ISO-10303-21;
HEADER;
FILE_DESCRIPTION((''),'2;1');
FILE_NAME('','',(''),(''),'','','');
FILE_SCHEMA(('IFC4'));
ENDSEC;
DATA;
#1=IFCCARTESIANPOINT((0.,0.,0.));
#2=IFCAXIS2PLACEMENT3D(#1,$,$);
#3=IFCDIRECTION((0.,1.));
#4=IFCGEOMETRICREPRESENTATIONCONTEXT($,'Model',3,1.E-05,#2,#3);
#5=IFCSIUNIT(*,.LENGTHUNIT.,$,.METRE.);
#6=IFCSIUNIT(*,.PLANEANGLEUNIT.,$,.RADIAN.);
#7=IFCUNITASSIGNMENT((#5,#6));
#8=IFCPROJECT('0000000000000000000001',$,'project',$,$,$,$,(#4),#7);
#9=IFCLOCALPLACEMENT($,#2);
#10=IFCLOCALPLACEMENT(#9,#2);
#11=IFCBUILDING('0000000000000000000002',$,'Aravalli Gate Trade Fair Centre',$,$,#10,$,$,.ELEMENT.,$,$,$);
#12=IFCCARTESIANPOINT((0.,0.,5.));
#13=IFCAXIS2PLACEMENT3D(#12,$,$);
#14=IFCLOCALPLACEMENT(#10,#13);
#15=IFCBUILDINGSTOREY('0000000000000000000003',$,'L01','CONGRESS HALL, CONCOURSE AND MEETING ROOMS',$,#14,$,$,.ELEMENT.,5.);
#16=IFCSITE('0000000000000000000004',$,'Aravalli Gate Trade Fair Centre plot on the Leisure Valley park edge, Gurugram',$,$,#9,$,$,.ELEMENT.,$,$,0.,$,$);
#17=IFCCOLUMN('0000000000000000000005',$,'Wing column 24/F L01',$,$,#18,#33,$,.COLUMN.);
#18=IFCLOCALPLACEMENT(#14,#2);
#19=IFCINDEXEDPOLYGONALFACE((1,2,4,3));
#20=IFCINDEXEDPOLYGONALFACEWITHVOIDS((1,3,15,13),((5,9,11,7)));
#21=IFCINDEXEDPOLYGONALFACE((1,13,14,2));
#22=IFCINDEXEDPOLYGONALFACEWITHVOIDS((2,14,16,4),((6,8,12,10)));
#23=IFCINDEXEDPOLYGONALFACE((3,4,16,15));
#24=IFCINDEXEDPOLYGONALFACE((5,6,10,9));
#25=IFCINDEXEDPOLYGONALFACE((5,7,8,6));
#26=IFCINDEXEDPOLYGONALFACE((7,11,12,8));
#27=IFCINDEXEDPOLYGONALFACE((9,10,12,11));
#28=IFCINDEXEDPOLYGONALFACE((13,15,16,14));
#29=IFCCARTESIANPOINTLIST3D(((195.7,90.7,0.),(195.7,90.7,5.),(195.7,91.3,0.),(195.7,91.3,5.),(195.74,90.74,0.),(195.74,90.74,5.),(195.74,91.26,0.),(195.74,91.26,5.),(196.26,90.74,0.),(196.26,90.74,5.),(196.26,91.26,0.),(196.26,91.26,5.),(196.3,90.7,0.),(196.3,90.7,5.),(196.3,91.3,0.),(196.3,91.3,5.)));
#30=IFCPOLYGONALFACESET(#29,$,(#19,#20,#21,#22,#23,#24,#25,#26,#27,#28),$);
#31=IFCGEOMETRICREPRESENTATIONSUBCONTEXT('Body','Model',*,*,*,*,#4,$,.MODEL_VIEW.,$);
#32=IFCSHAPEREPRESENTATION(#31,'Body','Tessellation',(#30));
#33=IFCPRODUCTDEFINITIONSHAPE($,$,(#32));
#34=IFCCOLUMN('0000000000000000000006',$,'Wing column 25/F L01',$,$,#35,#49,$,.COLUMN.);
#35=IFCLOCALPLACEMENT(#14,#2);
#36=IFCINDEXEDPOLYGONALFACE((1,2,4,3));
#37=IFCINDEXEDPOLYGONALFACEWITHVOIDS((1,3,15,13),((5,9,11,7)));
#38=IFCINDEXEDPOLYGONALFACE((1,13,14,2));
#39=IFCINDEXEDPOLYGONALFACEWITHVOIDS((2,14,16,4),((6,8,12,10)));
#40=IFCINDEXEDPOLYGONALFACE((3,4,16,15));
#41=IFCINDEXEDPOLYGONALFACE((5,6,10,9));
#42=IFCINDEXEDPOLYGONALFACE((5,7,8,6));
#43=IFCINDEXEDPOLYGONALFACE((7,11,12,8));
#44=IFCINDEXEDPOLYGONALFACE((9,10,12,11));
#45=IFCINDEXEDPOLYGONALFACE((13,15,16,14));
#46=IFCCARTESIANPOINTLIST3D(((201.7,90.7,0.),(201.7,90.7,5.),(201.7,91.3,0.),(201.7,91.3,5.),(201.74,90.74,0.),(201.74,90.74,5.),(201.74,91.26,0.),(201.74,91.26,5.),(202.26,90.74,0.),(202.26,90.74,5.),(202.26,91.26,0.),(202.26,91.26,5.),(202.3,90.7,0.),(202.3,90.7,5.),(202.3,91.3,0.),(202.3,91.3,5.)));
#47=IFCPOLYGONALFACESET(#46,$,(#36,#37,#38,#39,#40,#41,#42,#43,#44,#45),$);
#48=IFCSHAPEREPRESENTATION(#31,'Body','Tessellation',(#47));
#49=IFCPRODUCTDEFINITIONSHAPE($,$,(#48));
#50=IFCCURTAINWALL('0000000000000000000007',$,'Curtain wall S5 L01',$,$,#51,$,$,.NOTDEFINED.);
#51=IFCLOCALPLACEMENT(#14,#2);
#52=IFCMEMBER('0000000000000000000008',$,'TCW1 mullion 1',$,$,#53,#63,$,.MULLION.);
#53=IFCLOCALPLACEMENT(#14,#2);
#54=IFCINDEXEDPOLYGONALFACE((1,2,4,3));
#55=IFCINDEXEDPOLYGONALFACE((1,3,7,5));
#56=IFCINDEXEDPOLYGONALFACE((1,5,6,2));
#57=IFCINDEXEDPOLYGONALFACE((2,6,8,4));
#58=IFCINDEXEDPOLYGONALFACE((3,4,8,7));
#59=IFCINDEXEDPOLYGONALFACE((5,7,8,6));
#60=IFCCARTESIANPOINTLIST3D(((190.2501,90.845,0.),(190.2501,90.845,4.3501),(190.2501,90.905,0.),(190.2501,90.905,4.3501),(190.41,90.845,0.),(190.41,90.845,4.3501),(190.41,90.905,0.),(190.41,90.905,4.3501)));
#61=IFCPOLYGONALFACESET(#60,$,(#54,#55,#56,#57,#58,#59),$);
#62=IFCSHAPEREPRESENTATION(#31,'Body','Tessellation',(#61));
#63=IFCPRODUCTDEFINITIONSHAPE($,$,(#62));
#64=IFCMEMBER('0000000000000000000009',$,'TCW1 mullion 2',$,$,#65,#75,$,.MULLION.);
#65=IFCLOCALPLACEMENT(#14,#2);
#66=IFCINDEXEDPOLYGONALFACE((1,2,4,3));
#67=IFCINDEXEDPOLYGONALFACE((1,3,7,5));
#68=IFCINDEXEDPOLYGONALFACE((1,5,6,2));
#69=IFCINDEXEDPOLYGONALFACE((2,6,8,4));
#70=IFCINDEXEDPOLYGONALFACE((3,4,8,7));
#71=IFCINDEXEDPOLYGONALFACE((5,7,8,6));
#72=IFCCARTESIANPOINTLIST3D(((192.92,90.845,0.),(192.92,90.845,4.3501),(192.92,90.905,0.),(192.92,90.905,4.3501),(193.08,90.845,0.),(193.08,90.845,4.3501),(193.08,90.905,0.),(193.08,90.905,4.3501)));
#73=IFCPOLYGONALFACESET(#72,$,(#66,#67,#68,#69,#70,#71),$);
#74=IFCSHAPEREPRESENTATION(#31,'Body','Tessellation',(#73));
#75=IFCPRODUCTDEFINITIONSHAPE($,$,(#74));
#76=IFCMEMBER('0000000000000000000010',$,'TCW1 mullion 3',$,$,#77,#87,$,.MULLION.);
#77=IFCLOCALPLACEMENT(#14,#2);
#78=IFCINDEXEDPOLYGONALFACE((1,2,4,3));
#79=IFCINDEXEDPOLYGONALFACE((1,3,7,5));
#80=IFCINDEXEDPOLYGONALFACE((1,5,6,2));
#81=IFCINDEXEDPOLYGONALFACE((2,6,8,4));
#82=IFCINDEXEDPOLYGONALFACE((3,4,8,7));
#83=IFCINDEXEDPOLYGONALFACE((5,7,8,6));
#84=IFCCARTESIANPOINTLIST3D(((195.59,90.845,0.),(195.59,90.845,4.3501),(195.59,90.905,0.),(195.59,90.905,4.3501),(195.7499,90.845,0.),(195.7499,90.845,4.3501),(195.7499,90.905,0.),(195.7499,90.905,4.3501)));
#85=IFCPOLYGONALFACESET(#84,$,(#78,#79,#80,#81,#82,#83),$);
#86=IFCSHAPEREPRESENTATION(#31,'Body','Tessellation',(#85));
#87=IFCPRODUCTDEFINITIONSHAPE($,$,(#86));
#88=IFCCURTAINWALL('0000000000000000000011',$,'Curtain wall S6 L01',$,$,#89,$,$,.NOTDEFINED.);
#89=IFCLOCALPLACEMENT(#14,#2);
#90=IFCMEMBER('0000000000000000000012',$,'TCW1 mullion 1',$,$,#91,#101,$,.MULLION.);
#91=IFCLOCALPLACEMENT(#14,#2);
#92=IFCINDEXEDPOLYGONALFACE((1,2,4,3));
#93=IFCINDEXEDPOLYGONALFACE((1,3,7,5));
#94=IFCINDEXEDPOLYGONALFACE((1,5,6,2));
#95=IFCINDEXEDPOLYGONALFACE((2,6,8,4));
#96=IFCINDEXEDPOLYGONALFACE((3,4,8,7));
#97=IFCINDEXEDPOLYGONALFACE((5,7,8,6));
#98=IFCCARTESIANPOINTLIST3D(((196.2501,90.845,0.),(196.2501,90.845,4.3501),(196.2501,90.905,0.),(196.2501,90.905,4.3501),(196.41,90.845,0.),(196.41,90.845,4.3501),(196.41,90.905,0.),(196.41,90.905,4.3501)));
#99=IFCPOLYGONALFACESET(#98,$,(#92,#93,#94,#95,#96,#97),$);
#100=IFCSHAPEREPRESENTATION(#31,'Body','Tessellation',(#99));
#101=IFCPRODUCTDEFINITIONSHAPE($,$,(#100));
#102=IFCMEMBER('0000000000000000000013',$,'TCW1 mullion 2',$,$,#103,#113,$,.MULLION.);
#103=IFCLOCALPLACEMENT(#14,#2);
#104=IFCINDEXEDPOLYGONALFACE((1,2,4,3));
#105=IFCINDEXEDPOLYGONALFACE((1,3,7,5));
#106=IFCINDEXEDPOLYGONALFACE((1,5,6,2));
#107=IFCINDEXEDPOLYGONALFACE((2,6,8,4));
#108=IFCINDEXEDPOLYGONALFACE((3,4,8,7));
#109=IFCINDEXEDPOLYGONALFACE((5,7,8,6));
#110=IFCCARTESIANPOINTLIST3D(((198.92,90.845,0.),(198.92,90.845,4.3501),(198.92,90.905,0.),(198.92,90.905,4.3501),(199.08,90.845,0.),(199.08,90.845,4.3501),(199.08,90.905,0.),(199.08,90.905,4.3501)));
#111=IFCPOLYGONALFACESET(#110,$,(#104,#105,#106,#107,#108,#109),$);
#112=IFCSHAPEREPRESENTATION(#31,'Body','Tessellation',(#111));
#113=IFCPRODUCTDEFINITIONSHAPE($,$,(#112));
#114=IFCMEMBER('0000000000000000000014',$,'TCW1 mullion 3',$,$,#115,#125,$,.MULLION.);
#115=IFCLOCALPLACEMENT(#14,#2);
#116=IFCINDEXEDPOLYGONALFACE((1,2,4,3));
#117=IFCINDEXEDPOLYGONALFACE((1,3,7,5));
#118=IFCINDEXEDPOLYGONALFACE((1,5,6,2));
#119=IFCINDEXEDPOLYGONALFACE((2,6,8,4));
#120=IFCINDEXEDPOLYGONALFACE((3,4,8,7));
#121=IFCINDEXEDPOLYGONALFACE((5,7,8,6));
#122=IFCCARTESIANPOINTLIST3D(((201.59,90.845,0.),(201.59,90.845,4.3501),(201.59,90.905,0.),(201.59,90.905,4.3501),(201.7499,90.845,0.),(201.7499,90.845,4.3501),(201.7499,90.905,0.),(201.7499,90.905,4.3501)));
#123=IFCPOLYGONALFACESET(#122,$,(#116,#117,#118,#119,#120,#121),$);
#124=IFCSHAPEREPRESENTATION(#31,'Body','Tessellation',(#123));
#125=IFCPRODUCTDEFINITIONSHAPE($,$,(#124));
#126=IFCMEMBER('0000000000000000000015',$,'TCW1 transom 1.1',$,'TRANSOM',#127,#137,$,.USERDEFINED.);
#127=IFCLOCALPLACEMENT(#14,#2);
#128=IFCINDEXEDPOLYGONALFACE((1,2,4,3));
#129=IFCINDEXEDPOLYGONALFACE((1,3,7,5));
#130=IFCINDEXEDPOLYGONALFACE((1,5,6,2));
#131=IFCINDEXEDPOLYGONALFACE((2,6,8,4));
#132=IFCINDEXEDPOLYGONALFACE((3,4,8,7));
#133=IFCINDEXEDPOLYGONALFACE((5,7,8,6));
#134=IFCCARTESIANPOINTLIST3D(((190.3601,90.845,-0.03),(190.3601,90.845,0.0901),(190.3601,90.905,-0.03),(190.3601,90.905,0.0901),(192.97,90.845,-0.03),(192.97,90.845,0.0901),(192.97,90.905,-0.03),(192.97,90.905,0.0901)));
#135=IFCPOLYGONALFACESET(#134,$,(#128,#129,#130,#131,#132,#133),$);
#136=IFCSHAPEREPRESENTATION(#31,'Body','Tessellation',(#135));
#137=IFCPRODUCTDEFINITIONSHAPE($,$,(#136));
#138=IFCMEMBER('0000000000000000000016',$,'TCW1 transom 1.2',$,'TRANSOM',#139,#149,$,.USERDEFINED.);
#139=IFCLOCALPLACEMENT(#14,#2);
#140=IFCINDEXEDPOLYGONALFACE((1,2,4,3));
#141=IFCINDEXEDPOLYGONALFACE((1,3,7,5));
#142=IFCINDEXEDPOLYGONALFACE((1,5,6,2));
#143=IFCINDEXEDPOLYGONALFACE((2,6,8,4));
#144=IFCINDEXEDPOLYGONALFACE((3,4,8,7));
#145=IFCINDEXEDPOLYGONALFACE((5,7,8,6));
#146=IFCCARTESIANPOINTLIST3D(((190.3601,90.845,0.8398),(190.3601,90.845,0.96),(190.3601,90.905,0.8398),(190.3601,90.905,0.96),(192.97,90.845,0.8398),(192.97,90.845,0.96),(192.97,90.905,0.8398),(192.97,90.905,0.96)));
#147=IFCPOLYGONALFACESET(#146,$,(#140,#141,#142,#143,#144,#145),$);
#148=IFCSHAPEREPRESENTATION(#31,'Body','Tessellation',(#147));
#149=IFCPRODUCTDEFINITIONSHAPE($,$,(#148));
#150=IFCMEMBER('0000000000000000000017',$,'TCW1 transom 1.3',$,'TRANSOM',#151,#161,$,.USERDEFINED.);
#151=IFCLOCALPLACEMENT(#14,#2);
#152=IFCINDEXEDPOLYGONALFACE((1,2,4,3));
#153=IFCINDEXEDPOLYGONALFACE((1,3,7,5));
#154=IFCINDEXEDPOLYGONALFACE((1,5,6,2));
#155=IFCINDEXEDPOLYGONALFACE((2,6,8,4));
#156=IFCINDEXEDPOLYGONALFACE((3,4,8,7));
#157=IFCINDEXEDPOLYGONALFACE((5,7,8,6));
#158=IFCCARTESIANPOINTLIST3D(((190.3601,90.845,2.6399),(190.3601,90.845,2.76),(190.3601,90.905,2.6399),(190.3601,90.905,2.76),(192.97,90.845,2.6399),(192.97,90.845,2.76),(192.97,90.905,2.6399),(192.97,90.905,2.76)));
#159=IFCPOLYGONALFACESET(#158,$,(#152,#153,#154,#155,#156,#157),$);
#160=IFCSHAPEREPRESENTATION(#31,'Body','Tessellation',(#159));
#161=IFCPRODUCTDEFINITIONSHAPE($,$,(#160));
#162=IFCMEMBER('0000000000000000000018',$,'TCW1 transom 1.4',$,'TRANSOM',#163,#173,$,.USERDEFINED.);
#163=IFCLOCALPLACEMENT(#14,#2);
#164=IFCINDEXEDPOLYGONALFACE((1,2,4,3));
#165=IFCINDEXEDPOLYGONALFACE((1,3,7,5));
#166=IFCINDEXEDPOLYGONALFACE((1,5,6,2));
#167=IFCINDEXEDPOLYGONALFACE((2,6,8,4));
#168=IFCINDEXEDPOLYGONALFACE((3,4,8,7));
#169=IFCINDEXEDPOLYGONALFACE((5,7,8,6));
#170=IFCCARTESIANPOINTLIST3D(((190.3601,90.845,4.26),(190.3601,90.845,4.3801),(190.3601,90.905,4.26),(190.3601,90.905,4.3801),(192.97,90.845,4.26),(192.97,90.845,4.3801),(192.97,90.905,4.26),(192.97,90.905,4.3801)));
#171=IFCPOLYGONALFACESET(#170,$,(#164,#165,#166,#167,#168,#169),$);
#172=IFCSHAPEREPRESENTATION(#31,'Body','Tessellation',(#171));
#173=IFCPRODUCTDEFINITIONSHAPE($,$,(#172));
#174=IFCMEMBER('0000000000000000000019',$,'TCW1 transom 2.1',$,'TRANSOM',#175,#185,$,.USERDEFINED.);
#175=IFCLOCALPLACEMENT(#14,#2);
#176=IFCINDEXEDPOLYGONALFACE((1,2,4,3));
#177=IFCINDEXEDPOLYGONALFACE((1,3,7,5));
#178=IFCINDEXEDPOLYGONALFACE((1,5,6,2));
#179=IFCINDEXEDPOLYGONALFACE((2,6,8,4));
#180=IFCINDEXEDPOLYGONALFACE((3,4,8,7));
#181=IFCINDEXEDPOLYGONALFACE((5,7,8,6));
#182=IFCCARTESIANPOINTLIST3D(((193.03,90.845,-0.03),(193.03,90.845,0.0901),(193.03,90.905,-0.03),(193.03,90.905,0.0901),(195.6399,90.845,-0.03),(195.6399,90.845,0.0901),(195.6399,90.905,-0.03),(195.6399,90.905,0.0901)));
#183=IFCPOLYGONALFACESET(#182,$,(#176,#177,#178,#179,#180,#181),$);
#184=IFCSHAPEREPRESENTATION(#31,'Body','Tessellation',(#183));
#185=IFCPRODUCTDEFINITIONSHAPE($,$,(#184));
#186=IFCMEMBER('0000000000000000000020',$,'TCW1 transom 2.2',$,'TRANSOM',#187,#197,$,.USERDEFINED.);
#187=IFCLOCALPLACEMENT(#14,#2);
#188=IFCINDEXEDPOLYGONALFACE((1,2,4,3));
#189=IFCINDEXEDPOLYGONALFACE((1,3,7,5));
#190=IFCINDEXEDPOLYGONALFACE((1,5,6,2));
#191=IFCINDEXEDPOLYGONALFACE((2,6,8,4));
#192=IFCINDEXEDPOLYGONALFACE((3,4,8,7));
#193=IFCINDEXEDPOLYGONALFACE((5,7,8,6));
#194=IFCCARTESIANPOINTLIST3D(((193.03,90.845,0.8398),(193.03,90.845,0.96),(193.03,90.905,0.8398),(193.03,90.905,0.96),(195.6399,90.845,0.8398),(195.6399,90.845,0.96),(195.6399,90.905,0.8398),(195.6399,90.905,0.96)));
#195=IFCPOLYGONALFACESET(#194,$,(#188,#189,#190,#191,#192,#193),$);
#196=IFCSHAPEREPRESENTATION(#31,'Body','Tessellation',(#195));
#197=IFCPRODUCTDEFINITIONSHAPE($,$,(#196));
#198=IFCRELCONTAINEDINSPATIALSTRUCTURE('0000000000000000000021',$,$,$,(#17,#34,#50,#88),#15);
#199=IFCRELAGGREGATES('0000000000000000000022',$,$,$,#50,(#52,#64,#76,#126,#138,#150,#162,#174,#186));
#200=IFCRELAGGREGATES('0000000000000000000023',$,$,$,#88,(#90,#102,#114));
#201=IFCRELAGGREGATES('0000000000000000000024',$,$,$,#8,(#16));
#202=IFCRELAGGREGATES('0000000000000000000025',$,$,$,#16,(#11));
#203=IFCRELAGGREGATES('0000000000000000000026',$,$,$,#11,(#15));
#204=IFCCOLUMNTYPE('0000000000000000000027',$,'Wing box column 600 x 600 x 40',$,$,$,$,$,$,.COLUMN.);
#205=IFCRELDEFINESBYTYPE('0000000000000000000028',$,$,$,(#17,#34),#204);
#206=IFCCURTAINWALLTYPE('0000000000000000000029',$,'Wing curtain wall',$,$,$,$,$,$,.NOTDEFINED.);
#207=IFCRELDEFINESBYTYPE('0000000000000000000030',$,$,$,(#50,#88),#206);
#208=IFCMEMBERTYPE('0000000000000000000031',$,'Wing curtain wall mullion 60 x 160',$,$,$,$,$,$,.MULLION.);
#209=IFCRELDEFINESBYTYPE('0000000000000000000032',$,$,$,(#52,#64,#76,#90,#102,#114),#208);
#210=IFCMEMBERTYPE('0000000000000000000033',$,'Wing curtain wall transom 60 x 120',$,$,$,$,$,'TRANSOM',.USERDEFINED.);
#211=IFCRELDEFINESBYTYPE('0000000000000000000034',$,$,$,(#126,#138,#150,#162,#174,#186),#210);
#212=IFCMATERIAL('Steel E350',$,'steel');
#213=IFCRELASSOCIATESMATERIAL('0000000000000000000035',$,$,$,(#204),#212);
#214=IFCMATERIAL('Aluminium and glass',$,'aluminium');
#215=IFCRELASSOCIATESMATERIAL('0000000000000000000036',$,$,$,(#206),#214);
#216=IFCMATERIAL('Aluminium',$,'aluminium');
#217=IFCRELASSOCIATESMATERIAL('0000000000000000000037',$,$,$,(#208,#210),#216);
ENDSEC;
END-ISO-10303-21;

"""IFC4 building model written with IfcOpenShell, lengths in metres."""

from ifc_helpers import new_model, si_unit, direction, frame, origin, origin_2d, place, context, subcontext, project, spatial, rectangle, hollow_rectangle, extrude, material, material_profile, profile_set, type_object, element, aggregate, save


model = new_model("IFC4")

# Units and contexts
model_context = context("Model", 3, precision=1e-05, world=origin(), true_north=direction((0.0, 1.0)))
body_context = subcontext(model_context, "Body", "Model", "MODEL_VIEW")
ifc_project = project(units=[si_unit("LENGTHUNIT", "METRE"), si_unit("PLANEANGLEUNIT", "RADIAN")], contexts=[model_context])

# Site, building, storey
site_placement = place(None, origin())
site = spatial("IfcSite", under=ifc_project, at=site_placement, Name="Aravalli Gate Trade Fair Centre plot on the Leisure Valley park edge, Gurugram", CompositionType="ELEMENT", RefElevation=0.0)
building_placement = place(site_placement, origin())
building = spatial("IfcBuilding", under=site, at=building_placement, Name="Aravalli Gate Trade Fair Centre", CompositionType="ELEMENT")
storey_placement = place(building_placement, frame((0.0, 0.0, 5.0)))
storey = spatial("IfcBuildingStorey", under=building, at=storey_placement, Name="L01", Description="CONGRESS HALL, CONCOURSE AND MEETING ROOMS", CompositionType="ELEMENT", Elevation=5.0)

# Columns
ifc_material_1 = material(Name="Steel E350", Category="steel")
ifc_material_profile_1 = material_profile(ifc_material_1, hollow_rectangle(XDim=0.6001, YDim=0.6001, WallThickness=0.04, at=origin_2d()), Name="BOX 600x600x40")
ifc_profile_set_1 = profile_set([ifc_material_profile_1], Name="Steel E350")
column_type = type_object("IfcColumnType", Name="Wing box column 600 x 600 x 40", PredefinedType="COLUMN", material=ifc_profile_set_1)
for number, where, z_axis, x_axis, name in (
    (1, (196.0, 91.0, 0.0), (0.0, 0.0, 1.0), (1.0, 0.0, 0.0), "Wing column 24/F L01"),
    (2, (202.0, 91.0, 0.0), (0.0, 0.0, 1.0), (1.0, 0.0, 0.0), "Wing column 25/F L01"),
):
    element("IfcColumn", number, at=place(storey_placement, frame(where, z_axis=z_axis, x_axis=x_axis)), inside=storey, type_object=column_type, Name=name, PredefinedType="COLUMN", context=body_context, shape_type="SweptSolid", body=[
        extrude(hollow_rectangle(XDim=0.6001, YDim=0.6001, WallThickness=0.04, at=origin_2d()), origin(), (0.0, 0.0, 1.0), 5.0),
    ])

# Curtain walls, members
ifc_material_2 = material(Name="Aluminium and glass", Category="aluminium")
curtain_wall_type = type_object("IfcCurtainWallType", Name="Wing curtain wall", PredefinedType="NOTDEFINED", material=ifc_material_2)
curtain_wall_1_placement = place(storey_placement, origin())
curtain_wall_1 = element("IfcCurtainWall", 3, at=curtain_wall_1_placement, inside=storey, type_object=curtain_wall_type, Name="Curtain wall S5 L01", PredefinedType="NOTDEFINED")
ifc_material_3 = material(Name="Aluminium", Category="aluminium")
ifc_material_profile_2 = material_profile(ifc_material_3, rectangle(XDim=0.0601, YDim=0.1599, at=origin_2d()), Name="Wing curtain wall mullion 60 x 160")
ifc_profile_set_2 = profile_set([ifc_material_profile_2], Name="Aluminium")
member_type_1 = type_object("IfcMemberType", Name="Wing curtain wall mullion 60 x 160", PredefinedType="MULLION", material=ifc_profile_set_2)
member_1_placement = place(storey_placement, frame((190.3301, 90.875, 0.0), z_axis=(0.0, 0.0, 1.0), x_axis=(0.0, 1.0, 0.0)))
member_1 = element("IfcMember", 4, at=member_1_placement, type_object=member_type_1, Name="TCW1 mullion 1", PredefinedType="MULLION", context=body_context, shape_type="SweptSolid", body=[
    extrude(rectangle(XDim=0.0601, YDim=0.1599, at=origin_2d()), origin(), (0.0, 0.0, 1.0), 4.3501),
])
member_2_placement = place(storey_placement, frame((193.0, 90.875, 0.0), z_axis=(0.0, 0.0, 1.0), x_axis=(0.0, 1.0, 0.0)))
member_2 = element("IfcMember", 5, at=member_2_placement, type_object=member_type_1, Name="TCW1 mullion 2", PredefinedType="MULLION", context=body_context, shape_type="SweptSolid", body=[
    extrude(rectangle(XDim=0.0601, YDim=0.1599, at=origin_2d()), origin(), (0.0, 0.0, 1.0), 4.3501),
])
member_3_placement = place(storey_placement, frame((195.6699, 90.875, 0.0), z_axis=(0.0, 0.0, 1.0), x_axis=(0.0, 1.0, 0.0)))
member_3 = element("IfcMember", 6, at=member_3_placement, type_object=member_type_1, Name="TCW1 mullion 3", PredefinedType="MULLION", context=body_context, shape_type="SweptSolid", body=[
    extrude(rectangle(XDim=0.0601, YDim=0.1599, at=origin_2d()), origin(), (0.0, 0.0, 1.0), 4.3501),
])
curtain_wall_2_placement = place(storey_placement, origin())
curtain_wall_2 = element("IfcCurtainWall", 7, at=curtain_wall_2_placement, inside=storey, type_object=curtain_wall_type, Name="Curtain wall S6 L01", PredefinedType="NOTDEFINED")
member_4_placement = place(storey_placement, frame((196.3301, 90.875, 0.0), z_axis=(0.0, 0.0, 1.0), x_axis=(0.0, 1.0, 0.0)))
member_4 = element("IfcMember", 8, at=member_4_placement, type_object=member_type_1, Name="TCW1 mullion 1", PredefinedType="MULLION", context=body_context, shape_type="SweptSolid", body=[
    extrude(rectangle(XDim=0.0601, YDim=0.1599, at=origin_2d()), origin(), (0.0, 0.0, 1.0), 4.3501),
])
member_5_placement = place(storey_placement, frame((199.0, 90.875, 0.0), z_axis=(0.0, 0.0, 1.0), x_axis=(0.0, 1.0, 0.0)))
member_5 = element("IfcMember", 9, at=member_5_placement, type_object=member_type_1, Name="TCW1 mullion 2", PredefinedType="MULLION", context=body_context, shape_type="SweptSolid", body=[
    extrude(rectangle(XDim=0.0601, YDim=0.1599, at=origin_2d()), origin(), (0.0, 0.0, 1.0), 4.3501),
])
member_6_placement = place(storey_placement, frame((201.6699, 90.875, 0.0), z_axis=(0.0, 0.0, 1.0), x_axis=(0.0, 1.0, 0.0)))
member_6 = element("IfcMember", 10, at=member_6_placement, type_object=member_type_1, Name="TCW1 mullion 3", PredefinedType="MULLION", context=body_context, shape_type="SweptSolid", body=[
    extrude(rectangle(XDim=0.0601, YDim=0.1599, at=origin_2d()), origin(), (0.0, 0.0, 1.0), 4.3501),
])

# Members
ifc_material_profile_3 = material_profile(ifc_material_3, rectangle(XDim=0.0601, YDim=0.1201, at=origin_2d()), Name="Wing curtain wall transom 60 x 120")
ifc_profile_set_3 = profile_set([ifc_material_profile_3], Name="Aluminium")
member_type_2 = type_object("IfcMemberType", Name="Wing curtain wall transom 60 x 120", ElementType="TRANSOM", PredefinedType="USERDEFINED", material=ifc_profile_set_3)
member_7_placement = place(storey_placement, frame((190.3601, 90.875, 0.03), z_axis=(1.0, 0.0, 0.0), x_axis=(0.0, 1.0, 0.0)))
member_7 = element("IfcMember", 11, at=member_7_placement, type_object=member_type_2, Name="TCW1 transom 1.1", ObjectType="TRANSOM", PredefinedType="USERDEFINED", context=body_context, shape_type="SweptSolid", body=[
    extrude(rectangle(XDim=0.0601, YDim=0.1201, at=origin_2d()), origin(), (0.0, 0.0, 1.0), 2.6099),
])
member_8_placement = place(storey_placement, frame((190.3601, 90.875, 0.8999), z_axis=(1.0, 0.0, 0.0), x_axis=(0.0, 1.0, 0.0)))
member_8 = element("IfcMember", 12, at=member_8_placement, type_object=member_type_2, Name="TCW1 transom 1.2", ObjectType="TRANSOM", PredefinedType="USERDEFINED", context=body_context, shape_type="SweptSolid", body=[
    extrude(rectangle(XDim=0.0601, YDim=0.1201, at=origin_2d()), origin(), (0.0, 0.0, 1.0), 2.6099),
])
member_9_placement = place(storey_placement, frame((190.3601, 90.875, 2.7), z_axis=(1.0, 0.0, 0.0), x_axis=(0.0, 1.0, 0.0)))
member_9 = element("IfcMember", 13, at=member_9_placement, type_object=member_type_2, Name="TCW1 transom 1.3", ObjectType="TRANSOM", PredefinedType="USERDEFINED", context=body_context, shape_type="SweptSolid", body=[
    extrude(rectangle(XDim=0.0601, YDim=0.1201, at=origin_2d()), origin(), (0.0, 0.0, 1.0), 2.6099),
])
member_10_placement = place(storey_placement, frame((190.3601, 90.875, 4.3201), z_axis=(1.0, 0.0, 0.0), x_axis=(0.0, 1.0, 0.0)))
member_10 = element("IfcMember", 14, at=member_10_placement, type_object=member_type_2, Name="TCW1 transom 1.4", ObjectType="TRANSOM", PredefinedType="USERDEFINED", context=body_context, shape_type="SweptSolid", body=[
    extrude(rectangle(XDim=0.0601, YDim=0.1201, at=origin_2d()), origin(), (0.0, 0.0, 1.0), 2.6099),
])
member_11_placement = place(storey_placement, frame((193.03, 90.875, 0.03), z_axis=(1.0, 0.0, 0.0), x_axis=(0.0, 1.0, 0.0)))
member_11 = element("IfcMember", 15, at=member_11_placement, type_object=member_type_2, Name="TCW1 transom 2.1", ObjectType="TRANSOM", PredefinedType="USERDEFINED", context=body_context, shape_type="SweptSolid", body=[
    extrude(rectangle(XDim=0.0601, YDim=0.1201, at=origin_2d()), origin(), (0.0, 0.0, 1.0), 2.6099),
])
member_12_placement = place(storey_placement, frame((193.03, 90.875, 0.8999), z_axis=(1.0, 0.0, 0.0), x_axis=(0.0, 1.0, 0.0)))
member_12 = element("IfcMember", 16, at=member_12_placement, type_object=member_type_2, Name="TCW1 transom 2.2", ObjectType="TRANSOM", PredefinedType="USERDEFINED", context=body_context, shape_type="SweptSolid", body=[
    extrude(rectangle(XDim=0.0601, YDim=0.1201, at=origin_2d()), origin(), (0.0, 0.0, 1.0), 2.6099),
])

aggregate(curtain_wall_1, [member_1, member_2, member_3, member_7, member_8, member_9, member_10, member_11, member_12])
aggregate(curtain_wall_2, [member_4, member_5, member_6])

save(model, "model.ifc")
